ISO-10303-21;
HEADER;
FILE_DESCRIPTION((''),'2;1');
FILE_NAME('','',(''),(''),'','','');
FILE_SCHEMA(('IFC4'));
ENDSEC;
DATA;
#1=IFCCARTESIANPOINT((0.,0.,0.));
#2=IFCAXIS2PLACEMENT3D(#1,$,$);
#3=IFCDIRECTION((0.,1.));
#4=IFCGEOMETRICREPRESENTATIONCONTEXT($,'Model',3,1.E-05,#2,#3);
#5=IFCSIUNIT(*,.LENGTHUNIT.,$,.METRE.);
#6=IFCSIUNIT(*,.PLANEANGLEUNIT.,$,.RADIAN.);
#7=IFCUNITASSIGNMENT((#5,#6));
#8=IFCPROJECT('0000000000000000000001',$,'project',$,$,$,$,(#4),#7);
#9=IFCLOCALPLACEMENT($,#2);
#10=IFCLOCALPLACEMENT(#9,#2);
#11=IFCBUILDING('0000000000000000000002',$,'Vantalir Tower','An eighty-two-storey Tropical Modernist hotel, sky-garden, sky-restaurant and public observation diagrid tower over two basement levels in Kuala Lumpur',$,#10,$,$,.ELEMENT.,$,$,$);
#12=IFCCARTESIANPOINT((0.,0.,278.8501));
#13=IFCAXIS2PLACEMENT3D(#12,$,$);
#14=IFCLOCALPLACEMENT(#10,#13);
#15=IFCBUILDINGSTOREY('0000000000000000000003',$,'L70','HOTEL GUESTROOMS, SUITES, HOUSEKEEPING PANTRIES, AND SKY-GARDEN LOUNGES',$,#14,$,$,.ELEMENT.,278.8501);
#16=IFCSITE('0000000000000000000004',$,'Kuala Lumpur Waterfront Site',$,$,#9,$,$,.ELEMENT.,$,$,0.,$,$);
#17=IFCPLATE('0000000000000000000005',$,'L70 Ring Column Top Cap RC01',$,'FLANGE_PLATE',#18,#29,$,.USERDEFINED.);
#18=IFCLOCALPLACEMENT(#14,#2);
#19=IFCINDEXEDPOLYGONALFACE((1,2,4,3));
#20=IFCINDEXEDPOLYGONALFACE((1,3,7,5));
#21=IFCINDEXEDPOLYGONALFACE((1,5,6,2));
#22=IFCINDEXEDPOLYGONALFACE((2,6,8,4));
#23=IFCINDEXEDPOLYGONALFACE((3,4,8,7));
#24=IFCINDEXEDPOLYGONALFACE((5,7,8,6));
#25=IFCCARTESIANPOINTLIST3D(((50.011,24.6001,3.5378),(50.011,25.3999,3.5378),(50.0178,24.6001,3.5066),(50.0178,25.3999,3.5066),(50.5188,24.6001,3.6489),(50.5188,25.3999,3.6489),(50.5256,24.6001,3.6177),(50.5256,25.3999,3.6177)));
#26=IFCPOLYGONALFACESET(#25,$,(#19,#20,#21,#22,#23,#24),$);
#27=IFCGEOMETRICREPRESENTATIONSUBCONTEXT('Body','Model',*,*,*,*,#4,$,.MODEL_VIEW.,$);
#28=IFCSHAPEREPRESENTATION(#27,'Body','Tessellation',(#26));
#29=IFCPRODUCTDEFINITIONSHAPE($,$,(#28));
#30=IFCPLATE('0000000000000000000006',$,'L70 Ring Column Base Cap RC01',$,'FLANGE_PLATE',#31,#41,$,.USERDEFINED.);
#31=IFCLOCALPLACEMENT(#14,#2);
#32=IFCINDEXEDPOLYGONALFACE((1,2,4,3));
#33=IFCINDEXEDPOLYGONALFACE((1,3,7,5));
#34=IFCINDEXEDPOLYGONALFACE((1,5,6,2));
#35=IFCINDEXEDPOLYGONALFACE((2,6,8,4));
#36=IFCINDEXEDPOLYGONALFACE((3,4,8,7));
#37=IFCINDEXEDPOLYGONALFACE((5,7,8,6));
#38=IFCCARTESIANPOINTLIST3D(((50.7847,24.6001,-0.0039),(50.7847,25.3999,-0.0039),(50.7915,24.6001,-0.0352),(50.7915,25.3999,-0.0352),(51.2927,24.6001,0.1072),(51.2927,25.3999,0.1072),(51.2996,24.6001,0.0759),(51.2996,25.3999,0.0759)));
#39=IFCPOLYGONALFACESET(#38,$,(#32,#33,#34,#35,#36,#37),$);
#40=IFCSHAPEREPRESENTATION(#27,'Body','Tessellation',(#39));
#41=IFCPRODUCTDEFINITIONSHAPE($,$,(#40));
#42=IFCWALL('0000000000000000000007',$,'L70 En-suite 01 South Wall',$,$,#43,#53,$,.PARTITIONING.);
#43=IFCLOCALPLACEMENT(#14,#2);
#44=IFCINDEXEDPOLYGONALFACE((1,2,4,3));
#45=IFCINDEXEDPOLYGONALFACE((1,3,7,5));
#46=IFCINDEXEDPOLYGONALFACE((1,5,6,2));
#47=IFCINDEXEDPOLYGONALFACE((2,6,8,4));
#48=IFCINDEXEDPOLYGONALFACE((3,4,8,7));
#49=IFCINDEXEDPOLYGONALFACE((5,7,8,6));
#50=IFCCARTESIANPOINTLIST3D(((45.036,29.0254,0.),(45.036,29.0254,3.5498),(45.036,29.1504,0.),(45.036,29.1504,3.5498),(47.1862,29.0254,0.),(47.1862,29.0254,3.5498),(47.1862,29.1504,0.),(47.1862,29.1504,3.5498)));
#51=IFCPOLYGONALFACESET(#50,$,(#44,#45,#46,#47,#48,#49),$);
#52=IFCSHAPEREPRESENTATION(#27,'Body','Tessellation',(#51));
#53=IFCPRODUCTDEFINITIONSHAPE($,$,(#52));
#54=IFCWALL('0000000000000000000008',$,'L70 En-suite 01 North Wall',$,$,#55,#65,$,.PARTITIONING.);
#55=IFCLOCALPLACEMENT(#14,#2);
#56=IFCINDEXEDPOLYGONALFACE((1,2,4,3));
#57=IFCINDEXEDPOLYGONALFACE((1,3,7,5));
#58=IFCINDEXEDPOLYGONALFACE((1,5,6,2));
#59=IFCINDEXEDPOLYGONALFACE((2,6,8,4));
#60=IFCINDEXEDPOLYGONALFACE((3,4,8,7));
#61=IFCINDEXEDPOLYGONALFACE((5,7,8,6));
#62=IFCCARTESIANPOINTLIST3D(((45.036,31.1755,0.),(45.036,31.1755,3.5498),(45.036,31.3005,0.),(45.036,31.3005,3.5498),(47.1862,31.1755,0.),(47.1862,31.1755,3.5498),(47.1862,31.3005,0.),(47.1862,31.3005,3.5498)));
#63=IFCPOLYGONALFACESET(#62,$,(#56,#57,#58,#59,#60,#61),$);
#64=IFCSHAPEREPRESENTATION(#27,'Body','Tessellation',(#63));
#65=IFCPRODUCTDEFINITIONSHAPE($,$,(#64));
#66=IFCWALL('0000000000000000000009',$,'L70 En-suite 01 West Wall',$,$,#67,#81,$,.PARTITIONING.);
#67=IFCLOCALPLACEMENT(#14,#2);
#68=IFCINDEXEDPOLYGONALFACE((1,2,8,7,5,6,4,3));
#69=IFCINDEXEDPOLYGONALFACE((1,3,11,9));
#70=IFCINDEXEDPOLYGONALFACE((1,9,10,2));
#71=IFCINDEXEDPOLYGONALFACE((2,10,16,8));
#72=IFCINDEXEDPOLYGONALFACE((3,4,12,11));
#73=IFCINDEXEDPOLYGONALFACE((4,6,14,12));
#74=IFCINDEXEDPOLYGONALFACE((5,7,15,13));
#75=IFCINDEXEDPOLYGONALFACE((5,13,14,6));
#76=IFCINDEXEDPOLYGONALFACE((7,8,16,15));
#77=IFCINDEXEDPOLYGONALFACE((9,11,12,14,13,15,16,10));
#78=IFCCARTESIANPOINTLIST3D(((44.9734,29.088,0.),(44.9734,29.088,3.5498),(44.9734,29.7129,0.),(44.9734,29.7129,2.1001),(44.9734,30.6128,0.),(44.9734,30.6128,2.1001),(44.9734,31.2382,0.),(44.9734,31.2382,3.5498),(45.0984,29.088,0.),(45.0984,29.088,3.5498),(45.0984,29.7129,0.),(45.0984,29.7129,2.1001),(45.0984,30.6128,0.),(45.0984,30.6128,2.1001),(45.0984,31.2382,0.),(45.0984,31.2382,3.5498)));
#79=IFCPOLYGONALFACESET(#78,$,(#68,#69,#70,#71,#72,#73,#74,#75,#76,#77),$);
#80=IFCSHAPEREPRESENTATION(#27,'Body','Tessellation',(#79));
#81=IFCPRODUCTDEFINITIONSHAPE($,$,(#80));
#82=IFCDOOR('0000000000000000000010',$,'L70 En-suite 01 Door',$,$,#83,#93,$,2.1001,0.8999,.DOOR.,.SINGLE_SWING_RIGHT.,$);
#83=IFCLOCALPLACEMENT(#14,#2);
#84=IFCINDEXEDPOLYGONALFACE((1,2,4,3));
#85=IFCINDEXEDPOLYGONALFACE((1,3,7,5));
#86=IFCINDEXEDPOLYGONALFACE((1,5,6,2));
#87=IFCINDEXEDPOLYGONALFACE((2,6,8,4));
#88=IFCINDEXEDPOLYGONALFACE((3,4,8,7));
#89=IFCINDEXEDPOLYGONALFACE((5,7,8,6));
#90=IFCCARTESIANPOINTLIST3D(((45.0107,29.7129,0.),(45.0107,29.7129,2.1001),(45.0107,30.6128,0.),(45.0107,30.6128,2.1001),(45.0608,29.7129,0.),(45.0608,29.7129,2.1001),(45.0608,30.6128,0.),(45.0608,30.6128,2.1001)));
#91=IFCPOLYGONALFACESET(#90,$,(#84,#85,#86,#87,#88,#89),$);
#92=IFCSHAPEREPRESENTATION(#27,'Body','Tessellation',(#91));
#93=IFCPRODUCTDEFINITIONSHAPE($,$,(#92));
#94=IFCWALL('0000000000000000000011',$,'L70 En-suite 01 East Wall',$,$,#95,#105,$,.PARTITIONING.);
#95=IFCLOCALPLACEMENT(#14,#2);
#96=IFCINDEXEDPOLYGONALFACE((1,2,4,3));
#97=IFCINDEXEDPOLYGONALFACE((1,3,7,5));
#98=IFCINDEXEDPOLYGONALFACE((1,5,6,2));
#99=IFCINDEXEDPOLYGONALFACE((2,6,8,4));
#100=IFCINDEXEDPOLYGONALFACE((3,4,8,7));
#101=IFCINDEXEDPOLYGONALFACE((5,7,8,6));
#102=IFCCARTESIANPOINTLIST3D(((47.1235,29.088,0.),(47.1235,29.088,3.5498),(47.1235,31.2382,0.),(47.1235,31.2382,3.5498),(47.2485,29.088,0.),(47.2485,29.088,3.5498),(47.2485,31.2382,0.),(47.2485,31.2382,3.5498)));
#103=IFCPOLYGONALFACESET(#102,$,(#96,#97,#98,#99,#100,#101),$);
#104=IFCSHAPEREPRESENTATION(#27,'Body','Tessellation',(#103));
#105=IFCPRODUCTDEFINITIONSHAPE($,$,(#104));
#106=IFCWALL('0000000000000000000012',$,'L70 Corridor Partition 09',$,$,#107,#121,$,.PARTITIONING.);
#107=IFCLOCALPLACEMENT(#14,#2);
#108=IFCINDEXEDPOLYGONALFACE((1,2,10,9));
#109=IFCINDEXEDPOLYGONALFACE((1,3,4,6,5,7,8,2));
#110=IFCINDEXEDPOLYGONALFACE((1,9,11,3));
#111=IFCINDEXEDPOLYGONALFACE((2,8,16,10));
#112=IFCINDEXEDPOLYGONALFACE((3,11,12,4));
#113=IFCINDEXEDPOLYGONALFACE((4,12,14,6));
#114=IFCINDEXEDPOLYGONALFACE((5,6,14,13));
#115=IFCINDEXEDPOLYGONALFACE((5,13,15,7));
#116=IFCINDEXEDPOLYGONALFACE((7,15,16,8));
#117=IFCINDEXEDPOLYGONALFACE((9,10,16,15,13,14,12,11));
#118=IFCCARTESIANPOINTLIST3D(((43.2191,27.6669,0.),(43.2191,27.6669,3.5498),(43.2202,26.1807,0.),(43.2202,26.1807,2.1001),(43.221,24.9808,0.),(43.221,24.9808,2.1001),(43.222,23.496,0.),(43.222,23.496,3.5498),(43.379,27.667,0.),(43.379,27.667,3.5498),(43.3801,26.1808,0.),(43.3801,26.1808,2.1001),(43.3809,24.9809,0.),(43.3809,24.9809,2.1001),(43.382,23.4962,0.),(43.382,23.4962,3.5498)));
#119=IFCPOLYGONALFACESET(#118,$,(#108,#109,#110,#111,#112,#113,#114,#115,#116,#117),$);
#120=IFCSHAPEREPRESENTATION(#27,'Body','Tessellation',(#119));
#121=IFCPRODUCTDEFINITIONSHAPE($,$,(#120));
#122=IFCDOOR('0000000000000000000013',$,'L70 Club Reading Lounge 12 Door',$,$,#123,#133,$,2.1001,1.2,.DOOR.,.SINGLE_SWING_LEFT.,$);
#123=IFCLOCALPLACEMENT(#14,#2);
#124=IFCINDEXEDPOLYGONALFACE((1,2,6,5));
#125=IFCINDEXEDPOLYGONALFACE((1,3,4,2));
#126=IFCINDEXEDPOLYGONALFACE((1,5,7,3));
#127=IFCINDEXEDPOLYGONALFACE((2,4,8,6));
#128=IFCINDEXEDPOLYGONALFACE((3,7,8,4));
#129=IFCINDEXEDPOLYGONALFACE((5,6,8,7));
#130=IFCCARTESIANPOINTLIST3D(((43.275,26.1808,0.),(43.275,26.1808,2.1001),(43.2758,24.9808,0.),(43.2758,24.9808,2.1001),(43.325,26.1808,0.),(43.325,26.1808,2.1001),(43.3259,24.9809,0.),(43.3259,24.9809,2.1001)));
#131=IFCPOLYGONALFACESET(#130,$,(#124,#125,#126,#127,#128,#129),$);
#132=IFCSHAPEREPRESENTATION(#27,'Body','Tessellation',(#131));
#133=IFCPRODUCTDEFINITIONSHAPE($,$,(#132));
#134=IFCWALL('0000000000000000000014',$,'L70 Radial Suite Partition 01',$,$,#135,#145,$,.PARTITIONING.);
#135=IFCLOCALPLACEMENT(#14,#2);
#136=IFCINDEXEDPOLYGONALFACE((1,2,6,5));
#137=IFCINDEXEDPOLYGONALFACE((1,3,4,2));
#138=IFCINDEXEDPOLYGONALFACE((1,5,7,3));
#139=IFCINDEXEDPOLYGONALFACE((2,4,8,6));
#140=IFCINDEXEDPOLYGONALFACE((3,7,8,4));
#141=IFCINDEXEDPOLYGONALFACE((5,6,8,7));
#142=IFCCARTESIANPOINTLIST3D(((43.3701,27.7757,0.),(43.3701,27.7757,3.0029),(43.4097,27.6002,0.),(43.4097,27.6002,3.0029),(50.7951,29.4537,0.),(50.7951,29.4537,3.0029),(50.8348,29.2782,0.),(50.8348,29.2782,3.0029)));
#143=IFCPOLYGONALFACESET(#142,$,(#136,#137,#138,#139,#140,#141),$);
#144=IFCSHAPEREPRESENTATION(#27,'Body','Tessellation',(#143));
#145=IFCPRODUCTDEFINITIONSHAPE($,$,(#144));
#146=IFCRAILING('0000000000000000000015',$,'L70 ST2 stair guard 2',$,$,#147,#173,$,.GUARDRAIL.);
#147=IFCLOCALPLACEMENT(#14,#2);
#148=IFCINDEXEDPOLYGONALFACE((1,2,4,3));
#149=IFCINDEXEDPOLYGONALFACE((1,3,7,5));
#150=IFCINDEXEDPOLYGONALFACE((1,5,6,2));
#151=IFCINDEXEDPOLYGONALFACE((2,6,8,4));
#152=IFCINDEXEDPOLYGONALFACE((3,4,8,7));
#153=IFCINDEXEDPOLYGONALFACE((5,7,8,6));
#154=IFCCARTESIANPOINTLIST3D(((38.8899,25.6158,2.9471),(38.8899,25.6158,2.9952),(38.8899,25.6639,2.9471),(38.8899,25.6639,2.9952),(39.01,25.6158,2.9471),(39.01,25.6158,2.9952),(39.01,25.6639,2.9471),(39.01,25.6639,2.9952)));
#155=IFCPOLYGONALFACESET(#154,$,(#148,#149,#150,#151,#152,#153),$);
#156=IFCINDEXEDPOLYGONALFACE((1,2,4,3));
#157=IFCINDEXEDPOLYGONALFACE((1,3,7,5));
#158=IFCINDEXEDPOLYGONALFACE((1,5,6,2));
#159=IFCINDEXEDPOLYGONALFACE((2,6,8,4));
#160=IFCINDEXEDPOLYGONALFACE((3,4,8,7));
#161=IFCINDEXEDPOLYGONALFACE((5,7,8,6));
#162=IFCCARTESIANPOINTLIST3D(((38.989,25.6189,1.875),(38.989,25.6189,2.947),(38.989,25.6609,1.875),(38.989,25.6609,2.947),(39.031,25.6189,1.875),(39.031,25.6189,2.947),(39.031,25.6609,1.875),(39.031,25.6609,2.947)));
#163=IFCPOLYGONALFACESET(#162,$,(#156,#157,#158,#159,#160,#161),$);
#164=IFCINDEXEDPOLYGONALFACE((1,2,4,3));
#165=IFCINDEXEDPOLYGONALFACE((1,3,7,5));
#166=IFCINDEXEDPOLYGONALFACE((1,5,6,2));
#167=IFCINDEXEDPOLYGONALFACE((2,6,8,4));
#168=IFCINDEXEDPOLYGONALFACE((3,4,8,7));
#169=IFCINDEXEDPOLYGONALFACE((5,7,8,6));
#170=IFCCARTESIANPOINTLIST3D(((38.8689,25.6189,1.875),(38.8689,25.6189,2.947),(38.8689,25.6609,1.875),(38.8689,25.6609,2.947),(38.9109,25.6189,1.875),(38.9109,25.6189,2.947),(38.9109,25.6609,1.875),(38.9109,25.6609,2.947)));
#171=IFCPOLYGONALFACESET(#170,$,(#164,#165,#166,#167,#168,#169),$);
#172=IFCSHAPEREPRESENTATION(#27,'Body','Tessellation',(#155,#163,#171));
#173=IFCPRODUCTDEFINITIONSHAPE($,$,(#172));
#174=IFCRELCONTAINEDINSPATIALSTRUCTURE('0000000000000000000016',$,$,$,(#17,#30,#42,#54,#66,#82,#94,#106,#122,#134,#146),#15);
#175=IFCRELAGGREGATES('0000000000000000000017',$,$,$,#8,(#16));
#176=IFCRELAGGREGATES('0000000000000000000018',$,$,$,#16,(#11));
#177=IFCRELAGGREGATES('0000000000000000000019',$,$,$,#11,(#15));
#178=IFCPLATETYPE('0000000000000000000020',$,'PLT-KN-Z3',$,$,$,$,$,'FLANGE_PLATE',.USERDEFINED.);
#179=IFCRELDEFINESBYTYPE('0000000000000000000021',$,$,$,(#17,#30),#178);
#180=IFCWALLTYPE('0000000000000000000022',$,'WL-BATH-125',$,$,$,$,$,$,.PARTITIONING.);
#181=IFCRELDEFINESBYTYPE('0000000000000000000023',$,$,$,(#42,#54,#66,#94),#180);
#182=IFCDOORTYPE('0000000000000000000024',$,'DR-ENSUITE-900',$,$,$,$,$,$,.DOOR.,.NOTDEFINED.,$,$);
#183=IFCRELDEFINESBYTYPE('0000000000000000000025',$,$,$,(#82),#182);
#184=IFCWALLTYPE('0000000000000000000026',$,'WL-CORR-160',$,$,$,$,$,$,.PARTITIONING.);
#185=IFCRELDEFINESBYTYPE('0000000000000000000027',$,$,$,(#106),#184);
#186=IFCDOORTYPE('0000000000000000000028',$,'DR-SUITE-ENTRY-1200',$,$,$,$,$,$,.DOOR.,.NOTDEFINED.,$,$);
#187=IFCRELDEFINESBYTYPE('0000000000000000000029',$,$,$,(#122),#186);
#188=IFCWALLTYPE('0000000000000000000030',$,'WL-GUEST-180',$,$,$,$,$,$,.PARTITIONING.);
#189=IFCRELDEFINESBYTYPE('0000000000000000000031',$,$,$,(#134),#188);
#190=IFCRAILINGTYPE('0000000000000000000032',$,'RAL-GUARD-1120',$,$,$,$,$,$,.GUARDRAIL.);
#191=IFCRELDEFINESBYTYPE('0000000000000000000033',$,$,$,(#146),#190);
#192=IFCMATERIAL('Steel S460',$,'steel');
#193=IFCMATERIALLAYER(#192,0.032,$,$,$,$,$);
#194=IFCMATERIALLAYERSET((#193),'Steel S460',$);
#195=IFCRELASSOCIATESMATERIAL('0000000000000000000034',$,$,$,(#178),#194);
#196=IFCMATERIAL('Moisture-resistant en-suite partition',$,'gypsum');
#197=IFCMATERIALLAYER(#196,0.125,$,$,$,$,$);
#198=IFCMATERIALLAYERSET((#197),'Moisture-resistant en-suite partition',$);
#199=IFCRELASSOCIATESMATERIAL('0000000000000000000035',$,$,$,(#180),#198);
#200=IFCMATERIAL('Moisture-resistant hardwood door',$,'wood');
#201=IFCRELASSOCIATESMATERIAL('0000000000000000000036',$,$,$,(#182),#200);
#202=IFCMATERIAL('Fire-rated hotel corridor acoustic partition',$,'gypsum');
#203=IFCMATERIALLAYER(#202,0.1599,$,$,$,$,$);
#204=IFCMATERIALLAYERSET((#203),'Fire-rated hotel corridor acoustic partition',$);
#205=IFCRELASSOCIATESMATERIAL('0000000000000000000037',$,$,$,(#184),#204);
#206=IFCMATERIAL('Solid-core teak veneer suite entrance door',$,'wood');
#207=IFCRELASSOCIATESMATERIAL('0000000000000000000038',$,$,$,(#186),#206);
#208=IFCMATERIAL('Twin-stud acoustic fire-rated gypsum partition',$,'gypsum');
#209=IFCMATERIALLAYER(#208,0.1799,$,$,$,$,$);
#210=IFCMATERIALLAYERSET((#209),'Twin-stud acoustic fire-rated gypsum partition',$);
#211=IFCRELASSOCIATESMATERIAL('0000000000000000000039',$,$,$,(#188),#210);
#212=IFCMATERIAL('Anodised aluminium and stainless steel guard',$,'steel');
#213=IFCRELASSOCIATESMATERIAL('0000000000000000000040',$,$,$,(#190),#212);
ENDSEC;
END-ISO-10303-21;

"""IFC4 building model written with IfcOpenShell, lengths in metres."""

from ifc_helpers import new_model, si_unit, direction, frame, frame_2d, origin, origin_2d, place, context, subcontext, project, spatial, polyline, rectangle, outline, extrude, material, layer, layer_set, type_object, element, fill, save


model = new_model("IFC4")

# Units and contexts
model_context = context("Model", 3, precision=1e-05, world=origin(), true_north=direction((0.0, 1.0)))
body_context = subcontext(model_context, "Body", "Model", "MODEL_VIEW")
ifc_project = project(units=[si_unit("LENGTHUNIT", "METRE"), si_unit("PLANEANGLEUNIT", "RADIAN")], contexts=[model_context])

# Site, building, storey
site_placement = place(None, origin())
site = spatial("IfcSite", under=ifc_project, at=site_placement, Name="Kuala Lumpur Waterfront Site", CompositionType="ELEMENT", RefElevation=0.0)
building_placement = place(site_placement, origin())
building = spatial("IfcBuilding", under=site, at=building_placement, Name="Vantalir Tower", Description="An eighty-two-storey Tropical Modernist hotel, sky-garden, sky-restaurant and public observation diagrid tower over two basement levels in Kuala Lumpur", CompositionType="ELEMENT")
storey_placement = place(building_placement, frame((0.0, 0.0, 278.8501)))
storey = spatial("IfcBuildingStorey", under=building, at=storey_placement, Name="L70", Description="HOTEL GUESTROOMS, SUITES, HOUSEKEEPING PANTRIES, AND SKY-GARDEN LOUNGES", CompositionType="ELEMENT", Elevation=278.8501)

# Shared definitions
ifc_material_1 = material(Name="Steel S460", Category="steel")

# Plates
ifc_layer_1 = layer(ifc_material_1, 0.032)
ifc_layer_set_1 = layer_set([ifc_layer_1], Name="Steel S460")
plate_type_1 = type_object("IfcPlateType", Name="PLT-KN-Z3", ElementType="FLANGE_PLATE", PredefinedType="USERDEFINED", material=ifc_layer_set_1)
plate_1_placement = place(storey_placement, frame((50.011, 25.3999, 3.5378), z_axis=(-0.213697, 0.0, 0.9769), x_axis=(0.0, -1.0, 0.0)))
element("IfcPlate", 1, at=plate_1_placement, inside=storey, type_object=plate_type_1, Name="L70 Ring Column Top Cap RC01", ObjectType="FLANGE_PLATE", PredefinedType="USERDEFINED", context=body_context, shape_type="SweptSolid", body=[
    extrude(outline(polyline([(0.0, 0.0), (0.7998, 0.0), (0.7998, 0.5198), (0.0, 0.5198), (0.0, 0.0)])), origin(), (0.0, 0.0, -1.0), 0.032),
])
plate_2_placement = place(storey_placement, frame((50.7847, 25.3999, -0.0039), z_axis=(-0.213599, 0.0, 0.976921), x_axis=(0.0, -1.0, 0.0)))
element("IfcPlate", 2, at=plate_2_placement, inside=storey, type_object=plate_type_1, Name="L70 Ring Column Base Cap RC01", ObjectType="FLANGE_PLATE", PredefinedType="USERDEFINED", context=body_context, shape_type="SweptSolid", body=[
    extrude(outline(polyline([(0.0, 0.0), (0.7998, 0.0), (0.7998, 0.5201), (0.0, 0.5201), (0.0, 0.0)])), origin(), (0.0, 0.0, -1.0), 0.032),
])

# Walls
ifc_material_2 = material(Name="Moisture-resistant en-suite partition", Category="gypsum")
ifc_layer_2 = layer(ifc_material_2, 0.125)
ifc_layer_set_2 = layer_set([ifc_layer_2], Name="Moisture-resistant en-suite partition")
wall_type_1 = type_object("IfcWallType", Name="WL-BATH-125", PredefinedType="PARTITIONING", material=ifc_layer_set_2)
for number, where, z_axis, x_axis, name in (
    (3, (45.0359, 29.0879, 0.0), (0.0, 0.0, 1.0), (1.0, 0.0, 0.0), "L70 En-suite 01 South Wall"),
    (4, (45.0359, 31.238, 0.0), (0.0, 0.0, 1.0), (1.0, 0.0, 0.0), "L70 En-suite 01 North Wall"),
):
    element("IfcWall", number, at=place(storey_placement, frame(where, z_axis=z_axis, x_axis=x_axis)), inside=storey, type_object=wall_type_1, Name=name, PredefinedType="PARTITIONING", context=body_context, shape_type="SweptSolid", body=[
        extrude(rectangle(XDim=2.1501, YDim=0.125, at=frame_2d((1.0752, 0.0))), origin(), (0.0, 0.0, 1.0), 3.5498),
    ])

# Wall, opening, door
wall_1_placement = place(storey_placement, frame((45.0359, 29.0879, 0.0), z_axis=(0.0, 0.0, 1.0), x_axis=(0.0, 1.0, 0.0)))
wall_1 = element("IfcWall", 5, at=wall_1_placement, inside=storey, type_object=wall_type_1, Name="L70 En-suite 01 West Wall", PredefinedType="PARTITIONING", context=body_context, shape_type="SweptSolid", body=[
    extrude(rectangle(XDim=2.1501, YDim=0.125, at=frame_2d((1.0752, 0.0))), origin(), (0.0, 0.0, 1.0), 3.5498),
])
opening_1_placement = place(wall_1_placement, frame((0.625, 0.0, 0.0)))
opening_1 = element("IfcOpeningElement", 6, at=opening_1_placement, cuts=wall_1, PredefinedType="OPENING", context=body_context, shape_type="SweptSolid", body=[
    extrude(rectangle(XDim=0.8999, YDim=2.1001, at=frame_2d((0.45, 1.05))), frame((0.0, 0.0725, 0.0), z_axis=(0.0, -1.0, 0.0), x_axis=(1.0, 0.0, 0.0)), (0.0, 0.0, 1.0), 0.145),
])
ifc_material_3 = material(Name="Moisture-resistant hardwood door", Category="wood")
door_type_1 = type_object("IfcDoorType", Name="DR-ENSUITE-900", OperationType="NOTDEFINED", PredefinedType="DOOR", material=ifc_material_3)
door_1_placement = place(opening_1_placement, frame((0.8999, 0.0, 0.0), z_axis=(0.0, 0.0, 1.0), x_axis=(-1.0, 0.0, 0.0)))
door_1 = element("IfcDoor", 7, at=door_1_placement, inside=storey, type_object=door_type_1, Name="L70 En-suite 01 Door", OperationType="SINGLE_SWING_RIGHT", OverallHeight=2.1001, OverallWidth=0.8999, PredefinedType="DOOR", context=body_context, shape_type="SweptSolid", body=[
    extrude(rectangle(XDim=0.8999, YDim=2.1001, at=frame_2d((0.45, 1.05))), frame((0.0, 0.0249, 0.0), z_axis=(0.0, -1.0, 0.0), x_axis=(1.0, 0.0, 0.0)), (0.0, 0.0, 1.0), 0.05),
])
fill(opening_1, door_1)

# Wall
wall_2_placement = place(storey_placement, frame((47.186, 29.0879, 0.0), z_axis=(0.0, 0.0, 1.0), x_axis=(0.0, 1.0, 0.0)))
element("IfcWall", 8, at=wall_2_placement, inside=storey, type_object=wall_type_1, Name="L70 En-suite 01 East Wall", PredefinedType="PARTITIONING", context=body_context, shape_type="SweptSolid", body=[
    extrude(rectangle(XDim=2.1501, YDim=0.125, at=frame_2d((1.0752, 0.0))), origin(), (0.0, 0.0, 1.0), 3.5498),
])

# Wall, opening, door
ifc_material_4 = material(Name="Fire-rated hotel corridor acoustic partition", Category="gypsum")
ifc_layer_3 = layer(ifc_material_4, 0.1599)
ifc_layer_set_3 = layer_set([ifc_layer_3], Name="Fire-rated hotel corridor acoustic partition")
wall_type_2 = type_object("IfcWallType", Name="WL-CORR-160", PredefinedType="PARTITIONING", material=ifc_layer_set_3)
wall_3_placement = place(storey_placement, frame((43.2991, 27.667, 0.0), z_axis=(0.0, 0.0, 1.0), x_axis=(0.000702, -1.0, 0.0)))
wall_3 = element("IfcWall", 9, at=wall_3_placement, inside=storey, type_object=wall_type_2, Name="L70 Corridor Partition 09", PredefinedType="PARTITIONING", context=body_context, shape_type="SweptSolid", body=[
    extrude(rectangle(XDim=4.1709, YDim=0.1599, at=frame_2d((2.0854, 0.0))), origin(), (0.0, 0.0, 1.0), 3.5498),
])
opening_2_placement = place(wall_3_placement, frame((1.4861, 0.0, 0.0)))
opening_2 = element("IfcOpeningElement", 10, at=opening_2_placement, cuts=wall_3, PredefinedType="OPENING", context=body_context, shape_type="SweptSolid", body=[
    extrude(rectangle(XDim=1.2, YDim=2.1001, at=frame_2d((0.6001, 1.05))), frame((0.0, 0.0898, 0.0), z_axis=(0.0, -1.0, 0.0), x_axis=(1.0, 0.0, 0.0)), (0.0, 0.0, 1.0), 0.1799),
])
ifc_material_5 = material(Name="Solid-core teak veneer suite entrance door", Category="wood")
door_type_2 = type_object("IfcDoorType", Name="DR-SUITE-ENTRY-1200", OperationType="NOTDEFINED", PredefinedType="DOOR", material=ifc_material_5)
door_2_placement = place(opening_2_placement, origin())
door_2 = element("IfcDoor", 11, at=door_2_placement, inside=storey, type_object=door_type_2, Name="L70 Club Reading Lounge 12 Door", OperationType="SINGLE_SWING_LEFT", OverallHeight=2.1001, OverallWidth=1.2, PredefinedType="DOOR", context=body_context, shape_type="SweptSolid", body=[
    extrude(rectangle(XDim=1.2, YDim=2.1001, at=frame_2d((0.6001, 1.05))), frame((0.0, 0.0249, 0.0), z_axis=(0.0, -1.0, 0.0), x_axis=(1.0, 0.0, 0.0)), (0.0, 0.0, 1.0), 0.05),
])
fill(opening_2, door_2)

# Wall
ifc_material_6 = material(Name="Twin-stud acoustic fire-rated gypsum partition", Category="gypsum")
ifc_layer_4 = layer(ifc_material_6, 0.1799)
ifc_layer_set_4 = layer_set([ifc_layer_4], Name="Twin-stud acoustic fire-rated gypsum partition")
wall_type_3 = type_object("IfcWallType", Name="WL-GUEST-180", PredefinedType="PARTITIONING", material=ifc_layer_set_4)
wall_4_placement = place(storey_placement, frame((43.3899, 27.688, 0.0), z_axis=(0.0, 0.0, 1.0), x_axis=(0.975403, 0.22043, 0.0)))
element("IfcWall", 12, at=wall_4_placement, inside=storey, type_object=wall_type_3, Name="L70 Radial Suite Partition 01", PredefinedType="PARTITIONING", context=body_context, shape_type="SweptSolid", body=[
    extrude(rectangle(XDim=7.6123, YDim=0.1799, at=frame_2d((3.8062, 0.0))), origin(), (0.0, 0.0, 1.0), 3.0029),
])

# Railing
ifc_material_7 = material(Name="Anodised aluminium and stainless steel guard", Category="steel")
railing_type = type_object("IfcRailingType", Name="RAL-GUARD-1120", PredefinedType="GUARDRAIL", material=ifc_material_7)
railing_placement = place(storey_placement, frame((39.01, 25.6399, 1.875)))
element("IfcRailing", 13, at=railing_placement, inside=storey, type_object=railing_type, Name="L70 ST2 stair guard 2", PredefinedType="GUARDRAIL", context=body_context, shape_type="SweptSolid", body=[
    extrude(rectangle(XDim=0.0481, YDim=0.0481, at=origin_2d()), frame((0.0, 0.0, 1.0962), z_axis=(-1.0, 0.0, 0.0), x_axis=(0.0, -1.0, 0.0)), (0.0, 0.0, 1.0), 0.1201),
    extrude(rectangle(XDim=0.042, YDim=0.042, at=origin_2d()), origin(), (0.0, 0.0, 1.0), 1.072),
    extrude(rectangle(XDim=0.042, YDim=0.042, at=origin_2d()), frame((-0.1201, 0.0, 0.0)), (0.0, 0.0, 1.0), 1.072),
])

save(model, "model.ifc")
